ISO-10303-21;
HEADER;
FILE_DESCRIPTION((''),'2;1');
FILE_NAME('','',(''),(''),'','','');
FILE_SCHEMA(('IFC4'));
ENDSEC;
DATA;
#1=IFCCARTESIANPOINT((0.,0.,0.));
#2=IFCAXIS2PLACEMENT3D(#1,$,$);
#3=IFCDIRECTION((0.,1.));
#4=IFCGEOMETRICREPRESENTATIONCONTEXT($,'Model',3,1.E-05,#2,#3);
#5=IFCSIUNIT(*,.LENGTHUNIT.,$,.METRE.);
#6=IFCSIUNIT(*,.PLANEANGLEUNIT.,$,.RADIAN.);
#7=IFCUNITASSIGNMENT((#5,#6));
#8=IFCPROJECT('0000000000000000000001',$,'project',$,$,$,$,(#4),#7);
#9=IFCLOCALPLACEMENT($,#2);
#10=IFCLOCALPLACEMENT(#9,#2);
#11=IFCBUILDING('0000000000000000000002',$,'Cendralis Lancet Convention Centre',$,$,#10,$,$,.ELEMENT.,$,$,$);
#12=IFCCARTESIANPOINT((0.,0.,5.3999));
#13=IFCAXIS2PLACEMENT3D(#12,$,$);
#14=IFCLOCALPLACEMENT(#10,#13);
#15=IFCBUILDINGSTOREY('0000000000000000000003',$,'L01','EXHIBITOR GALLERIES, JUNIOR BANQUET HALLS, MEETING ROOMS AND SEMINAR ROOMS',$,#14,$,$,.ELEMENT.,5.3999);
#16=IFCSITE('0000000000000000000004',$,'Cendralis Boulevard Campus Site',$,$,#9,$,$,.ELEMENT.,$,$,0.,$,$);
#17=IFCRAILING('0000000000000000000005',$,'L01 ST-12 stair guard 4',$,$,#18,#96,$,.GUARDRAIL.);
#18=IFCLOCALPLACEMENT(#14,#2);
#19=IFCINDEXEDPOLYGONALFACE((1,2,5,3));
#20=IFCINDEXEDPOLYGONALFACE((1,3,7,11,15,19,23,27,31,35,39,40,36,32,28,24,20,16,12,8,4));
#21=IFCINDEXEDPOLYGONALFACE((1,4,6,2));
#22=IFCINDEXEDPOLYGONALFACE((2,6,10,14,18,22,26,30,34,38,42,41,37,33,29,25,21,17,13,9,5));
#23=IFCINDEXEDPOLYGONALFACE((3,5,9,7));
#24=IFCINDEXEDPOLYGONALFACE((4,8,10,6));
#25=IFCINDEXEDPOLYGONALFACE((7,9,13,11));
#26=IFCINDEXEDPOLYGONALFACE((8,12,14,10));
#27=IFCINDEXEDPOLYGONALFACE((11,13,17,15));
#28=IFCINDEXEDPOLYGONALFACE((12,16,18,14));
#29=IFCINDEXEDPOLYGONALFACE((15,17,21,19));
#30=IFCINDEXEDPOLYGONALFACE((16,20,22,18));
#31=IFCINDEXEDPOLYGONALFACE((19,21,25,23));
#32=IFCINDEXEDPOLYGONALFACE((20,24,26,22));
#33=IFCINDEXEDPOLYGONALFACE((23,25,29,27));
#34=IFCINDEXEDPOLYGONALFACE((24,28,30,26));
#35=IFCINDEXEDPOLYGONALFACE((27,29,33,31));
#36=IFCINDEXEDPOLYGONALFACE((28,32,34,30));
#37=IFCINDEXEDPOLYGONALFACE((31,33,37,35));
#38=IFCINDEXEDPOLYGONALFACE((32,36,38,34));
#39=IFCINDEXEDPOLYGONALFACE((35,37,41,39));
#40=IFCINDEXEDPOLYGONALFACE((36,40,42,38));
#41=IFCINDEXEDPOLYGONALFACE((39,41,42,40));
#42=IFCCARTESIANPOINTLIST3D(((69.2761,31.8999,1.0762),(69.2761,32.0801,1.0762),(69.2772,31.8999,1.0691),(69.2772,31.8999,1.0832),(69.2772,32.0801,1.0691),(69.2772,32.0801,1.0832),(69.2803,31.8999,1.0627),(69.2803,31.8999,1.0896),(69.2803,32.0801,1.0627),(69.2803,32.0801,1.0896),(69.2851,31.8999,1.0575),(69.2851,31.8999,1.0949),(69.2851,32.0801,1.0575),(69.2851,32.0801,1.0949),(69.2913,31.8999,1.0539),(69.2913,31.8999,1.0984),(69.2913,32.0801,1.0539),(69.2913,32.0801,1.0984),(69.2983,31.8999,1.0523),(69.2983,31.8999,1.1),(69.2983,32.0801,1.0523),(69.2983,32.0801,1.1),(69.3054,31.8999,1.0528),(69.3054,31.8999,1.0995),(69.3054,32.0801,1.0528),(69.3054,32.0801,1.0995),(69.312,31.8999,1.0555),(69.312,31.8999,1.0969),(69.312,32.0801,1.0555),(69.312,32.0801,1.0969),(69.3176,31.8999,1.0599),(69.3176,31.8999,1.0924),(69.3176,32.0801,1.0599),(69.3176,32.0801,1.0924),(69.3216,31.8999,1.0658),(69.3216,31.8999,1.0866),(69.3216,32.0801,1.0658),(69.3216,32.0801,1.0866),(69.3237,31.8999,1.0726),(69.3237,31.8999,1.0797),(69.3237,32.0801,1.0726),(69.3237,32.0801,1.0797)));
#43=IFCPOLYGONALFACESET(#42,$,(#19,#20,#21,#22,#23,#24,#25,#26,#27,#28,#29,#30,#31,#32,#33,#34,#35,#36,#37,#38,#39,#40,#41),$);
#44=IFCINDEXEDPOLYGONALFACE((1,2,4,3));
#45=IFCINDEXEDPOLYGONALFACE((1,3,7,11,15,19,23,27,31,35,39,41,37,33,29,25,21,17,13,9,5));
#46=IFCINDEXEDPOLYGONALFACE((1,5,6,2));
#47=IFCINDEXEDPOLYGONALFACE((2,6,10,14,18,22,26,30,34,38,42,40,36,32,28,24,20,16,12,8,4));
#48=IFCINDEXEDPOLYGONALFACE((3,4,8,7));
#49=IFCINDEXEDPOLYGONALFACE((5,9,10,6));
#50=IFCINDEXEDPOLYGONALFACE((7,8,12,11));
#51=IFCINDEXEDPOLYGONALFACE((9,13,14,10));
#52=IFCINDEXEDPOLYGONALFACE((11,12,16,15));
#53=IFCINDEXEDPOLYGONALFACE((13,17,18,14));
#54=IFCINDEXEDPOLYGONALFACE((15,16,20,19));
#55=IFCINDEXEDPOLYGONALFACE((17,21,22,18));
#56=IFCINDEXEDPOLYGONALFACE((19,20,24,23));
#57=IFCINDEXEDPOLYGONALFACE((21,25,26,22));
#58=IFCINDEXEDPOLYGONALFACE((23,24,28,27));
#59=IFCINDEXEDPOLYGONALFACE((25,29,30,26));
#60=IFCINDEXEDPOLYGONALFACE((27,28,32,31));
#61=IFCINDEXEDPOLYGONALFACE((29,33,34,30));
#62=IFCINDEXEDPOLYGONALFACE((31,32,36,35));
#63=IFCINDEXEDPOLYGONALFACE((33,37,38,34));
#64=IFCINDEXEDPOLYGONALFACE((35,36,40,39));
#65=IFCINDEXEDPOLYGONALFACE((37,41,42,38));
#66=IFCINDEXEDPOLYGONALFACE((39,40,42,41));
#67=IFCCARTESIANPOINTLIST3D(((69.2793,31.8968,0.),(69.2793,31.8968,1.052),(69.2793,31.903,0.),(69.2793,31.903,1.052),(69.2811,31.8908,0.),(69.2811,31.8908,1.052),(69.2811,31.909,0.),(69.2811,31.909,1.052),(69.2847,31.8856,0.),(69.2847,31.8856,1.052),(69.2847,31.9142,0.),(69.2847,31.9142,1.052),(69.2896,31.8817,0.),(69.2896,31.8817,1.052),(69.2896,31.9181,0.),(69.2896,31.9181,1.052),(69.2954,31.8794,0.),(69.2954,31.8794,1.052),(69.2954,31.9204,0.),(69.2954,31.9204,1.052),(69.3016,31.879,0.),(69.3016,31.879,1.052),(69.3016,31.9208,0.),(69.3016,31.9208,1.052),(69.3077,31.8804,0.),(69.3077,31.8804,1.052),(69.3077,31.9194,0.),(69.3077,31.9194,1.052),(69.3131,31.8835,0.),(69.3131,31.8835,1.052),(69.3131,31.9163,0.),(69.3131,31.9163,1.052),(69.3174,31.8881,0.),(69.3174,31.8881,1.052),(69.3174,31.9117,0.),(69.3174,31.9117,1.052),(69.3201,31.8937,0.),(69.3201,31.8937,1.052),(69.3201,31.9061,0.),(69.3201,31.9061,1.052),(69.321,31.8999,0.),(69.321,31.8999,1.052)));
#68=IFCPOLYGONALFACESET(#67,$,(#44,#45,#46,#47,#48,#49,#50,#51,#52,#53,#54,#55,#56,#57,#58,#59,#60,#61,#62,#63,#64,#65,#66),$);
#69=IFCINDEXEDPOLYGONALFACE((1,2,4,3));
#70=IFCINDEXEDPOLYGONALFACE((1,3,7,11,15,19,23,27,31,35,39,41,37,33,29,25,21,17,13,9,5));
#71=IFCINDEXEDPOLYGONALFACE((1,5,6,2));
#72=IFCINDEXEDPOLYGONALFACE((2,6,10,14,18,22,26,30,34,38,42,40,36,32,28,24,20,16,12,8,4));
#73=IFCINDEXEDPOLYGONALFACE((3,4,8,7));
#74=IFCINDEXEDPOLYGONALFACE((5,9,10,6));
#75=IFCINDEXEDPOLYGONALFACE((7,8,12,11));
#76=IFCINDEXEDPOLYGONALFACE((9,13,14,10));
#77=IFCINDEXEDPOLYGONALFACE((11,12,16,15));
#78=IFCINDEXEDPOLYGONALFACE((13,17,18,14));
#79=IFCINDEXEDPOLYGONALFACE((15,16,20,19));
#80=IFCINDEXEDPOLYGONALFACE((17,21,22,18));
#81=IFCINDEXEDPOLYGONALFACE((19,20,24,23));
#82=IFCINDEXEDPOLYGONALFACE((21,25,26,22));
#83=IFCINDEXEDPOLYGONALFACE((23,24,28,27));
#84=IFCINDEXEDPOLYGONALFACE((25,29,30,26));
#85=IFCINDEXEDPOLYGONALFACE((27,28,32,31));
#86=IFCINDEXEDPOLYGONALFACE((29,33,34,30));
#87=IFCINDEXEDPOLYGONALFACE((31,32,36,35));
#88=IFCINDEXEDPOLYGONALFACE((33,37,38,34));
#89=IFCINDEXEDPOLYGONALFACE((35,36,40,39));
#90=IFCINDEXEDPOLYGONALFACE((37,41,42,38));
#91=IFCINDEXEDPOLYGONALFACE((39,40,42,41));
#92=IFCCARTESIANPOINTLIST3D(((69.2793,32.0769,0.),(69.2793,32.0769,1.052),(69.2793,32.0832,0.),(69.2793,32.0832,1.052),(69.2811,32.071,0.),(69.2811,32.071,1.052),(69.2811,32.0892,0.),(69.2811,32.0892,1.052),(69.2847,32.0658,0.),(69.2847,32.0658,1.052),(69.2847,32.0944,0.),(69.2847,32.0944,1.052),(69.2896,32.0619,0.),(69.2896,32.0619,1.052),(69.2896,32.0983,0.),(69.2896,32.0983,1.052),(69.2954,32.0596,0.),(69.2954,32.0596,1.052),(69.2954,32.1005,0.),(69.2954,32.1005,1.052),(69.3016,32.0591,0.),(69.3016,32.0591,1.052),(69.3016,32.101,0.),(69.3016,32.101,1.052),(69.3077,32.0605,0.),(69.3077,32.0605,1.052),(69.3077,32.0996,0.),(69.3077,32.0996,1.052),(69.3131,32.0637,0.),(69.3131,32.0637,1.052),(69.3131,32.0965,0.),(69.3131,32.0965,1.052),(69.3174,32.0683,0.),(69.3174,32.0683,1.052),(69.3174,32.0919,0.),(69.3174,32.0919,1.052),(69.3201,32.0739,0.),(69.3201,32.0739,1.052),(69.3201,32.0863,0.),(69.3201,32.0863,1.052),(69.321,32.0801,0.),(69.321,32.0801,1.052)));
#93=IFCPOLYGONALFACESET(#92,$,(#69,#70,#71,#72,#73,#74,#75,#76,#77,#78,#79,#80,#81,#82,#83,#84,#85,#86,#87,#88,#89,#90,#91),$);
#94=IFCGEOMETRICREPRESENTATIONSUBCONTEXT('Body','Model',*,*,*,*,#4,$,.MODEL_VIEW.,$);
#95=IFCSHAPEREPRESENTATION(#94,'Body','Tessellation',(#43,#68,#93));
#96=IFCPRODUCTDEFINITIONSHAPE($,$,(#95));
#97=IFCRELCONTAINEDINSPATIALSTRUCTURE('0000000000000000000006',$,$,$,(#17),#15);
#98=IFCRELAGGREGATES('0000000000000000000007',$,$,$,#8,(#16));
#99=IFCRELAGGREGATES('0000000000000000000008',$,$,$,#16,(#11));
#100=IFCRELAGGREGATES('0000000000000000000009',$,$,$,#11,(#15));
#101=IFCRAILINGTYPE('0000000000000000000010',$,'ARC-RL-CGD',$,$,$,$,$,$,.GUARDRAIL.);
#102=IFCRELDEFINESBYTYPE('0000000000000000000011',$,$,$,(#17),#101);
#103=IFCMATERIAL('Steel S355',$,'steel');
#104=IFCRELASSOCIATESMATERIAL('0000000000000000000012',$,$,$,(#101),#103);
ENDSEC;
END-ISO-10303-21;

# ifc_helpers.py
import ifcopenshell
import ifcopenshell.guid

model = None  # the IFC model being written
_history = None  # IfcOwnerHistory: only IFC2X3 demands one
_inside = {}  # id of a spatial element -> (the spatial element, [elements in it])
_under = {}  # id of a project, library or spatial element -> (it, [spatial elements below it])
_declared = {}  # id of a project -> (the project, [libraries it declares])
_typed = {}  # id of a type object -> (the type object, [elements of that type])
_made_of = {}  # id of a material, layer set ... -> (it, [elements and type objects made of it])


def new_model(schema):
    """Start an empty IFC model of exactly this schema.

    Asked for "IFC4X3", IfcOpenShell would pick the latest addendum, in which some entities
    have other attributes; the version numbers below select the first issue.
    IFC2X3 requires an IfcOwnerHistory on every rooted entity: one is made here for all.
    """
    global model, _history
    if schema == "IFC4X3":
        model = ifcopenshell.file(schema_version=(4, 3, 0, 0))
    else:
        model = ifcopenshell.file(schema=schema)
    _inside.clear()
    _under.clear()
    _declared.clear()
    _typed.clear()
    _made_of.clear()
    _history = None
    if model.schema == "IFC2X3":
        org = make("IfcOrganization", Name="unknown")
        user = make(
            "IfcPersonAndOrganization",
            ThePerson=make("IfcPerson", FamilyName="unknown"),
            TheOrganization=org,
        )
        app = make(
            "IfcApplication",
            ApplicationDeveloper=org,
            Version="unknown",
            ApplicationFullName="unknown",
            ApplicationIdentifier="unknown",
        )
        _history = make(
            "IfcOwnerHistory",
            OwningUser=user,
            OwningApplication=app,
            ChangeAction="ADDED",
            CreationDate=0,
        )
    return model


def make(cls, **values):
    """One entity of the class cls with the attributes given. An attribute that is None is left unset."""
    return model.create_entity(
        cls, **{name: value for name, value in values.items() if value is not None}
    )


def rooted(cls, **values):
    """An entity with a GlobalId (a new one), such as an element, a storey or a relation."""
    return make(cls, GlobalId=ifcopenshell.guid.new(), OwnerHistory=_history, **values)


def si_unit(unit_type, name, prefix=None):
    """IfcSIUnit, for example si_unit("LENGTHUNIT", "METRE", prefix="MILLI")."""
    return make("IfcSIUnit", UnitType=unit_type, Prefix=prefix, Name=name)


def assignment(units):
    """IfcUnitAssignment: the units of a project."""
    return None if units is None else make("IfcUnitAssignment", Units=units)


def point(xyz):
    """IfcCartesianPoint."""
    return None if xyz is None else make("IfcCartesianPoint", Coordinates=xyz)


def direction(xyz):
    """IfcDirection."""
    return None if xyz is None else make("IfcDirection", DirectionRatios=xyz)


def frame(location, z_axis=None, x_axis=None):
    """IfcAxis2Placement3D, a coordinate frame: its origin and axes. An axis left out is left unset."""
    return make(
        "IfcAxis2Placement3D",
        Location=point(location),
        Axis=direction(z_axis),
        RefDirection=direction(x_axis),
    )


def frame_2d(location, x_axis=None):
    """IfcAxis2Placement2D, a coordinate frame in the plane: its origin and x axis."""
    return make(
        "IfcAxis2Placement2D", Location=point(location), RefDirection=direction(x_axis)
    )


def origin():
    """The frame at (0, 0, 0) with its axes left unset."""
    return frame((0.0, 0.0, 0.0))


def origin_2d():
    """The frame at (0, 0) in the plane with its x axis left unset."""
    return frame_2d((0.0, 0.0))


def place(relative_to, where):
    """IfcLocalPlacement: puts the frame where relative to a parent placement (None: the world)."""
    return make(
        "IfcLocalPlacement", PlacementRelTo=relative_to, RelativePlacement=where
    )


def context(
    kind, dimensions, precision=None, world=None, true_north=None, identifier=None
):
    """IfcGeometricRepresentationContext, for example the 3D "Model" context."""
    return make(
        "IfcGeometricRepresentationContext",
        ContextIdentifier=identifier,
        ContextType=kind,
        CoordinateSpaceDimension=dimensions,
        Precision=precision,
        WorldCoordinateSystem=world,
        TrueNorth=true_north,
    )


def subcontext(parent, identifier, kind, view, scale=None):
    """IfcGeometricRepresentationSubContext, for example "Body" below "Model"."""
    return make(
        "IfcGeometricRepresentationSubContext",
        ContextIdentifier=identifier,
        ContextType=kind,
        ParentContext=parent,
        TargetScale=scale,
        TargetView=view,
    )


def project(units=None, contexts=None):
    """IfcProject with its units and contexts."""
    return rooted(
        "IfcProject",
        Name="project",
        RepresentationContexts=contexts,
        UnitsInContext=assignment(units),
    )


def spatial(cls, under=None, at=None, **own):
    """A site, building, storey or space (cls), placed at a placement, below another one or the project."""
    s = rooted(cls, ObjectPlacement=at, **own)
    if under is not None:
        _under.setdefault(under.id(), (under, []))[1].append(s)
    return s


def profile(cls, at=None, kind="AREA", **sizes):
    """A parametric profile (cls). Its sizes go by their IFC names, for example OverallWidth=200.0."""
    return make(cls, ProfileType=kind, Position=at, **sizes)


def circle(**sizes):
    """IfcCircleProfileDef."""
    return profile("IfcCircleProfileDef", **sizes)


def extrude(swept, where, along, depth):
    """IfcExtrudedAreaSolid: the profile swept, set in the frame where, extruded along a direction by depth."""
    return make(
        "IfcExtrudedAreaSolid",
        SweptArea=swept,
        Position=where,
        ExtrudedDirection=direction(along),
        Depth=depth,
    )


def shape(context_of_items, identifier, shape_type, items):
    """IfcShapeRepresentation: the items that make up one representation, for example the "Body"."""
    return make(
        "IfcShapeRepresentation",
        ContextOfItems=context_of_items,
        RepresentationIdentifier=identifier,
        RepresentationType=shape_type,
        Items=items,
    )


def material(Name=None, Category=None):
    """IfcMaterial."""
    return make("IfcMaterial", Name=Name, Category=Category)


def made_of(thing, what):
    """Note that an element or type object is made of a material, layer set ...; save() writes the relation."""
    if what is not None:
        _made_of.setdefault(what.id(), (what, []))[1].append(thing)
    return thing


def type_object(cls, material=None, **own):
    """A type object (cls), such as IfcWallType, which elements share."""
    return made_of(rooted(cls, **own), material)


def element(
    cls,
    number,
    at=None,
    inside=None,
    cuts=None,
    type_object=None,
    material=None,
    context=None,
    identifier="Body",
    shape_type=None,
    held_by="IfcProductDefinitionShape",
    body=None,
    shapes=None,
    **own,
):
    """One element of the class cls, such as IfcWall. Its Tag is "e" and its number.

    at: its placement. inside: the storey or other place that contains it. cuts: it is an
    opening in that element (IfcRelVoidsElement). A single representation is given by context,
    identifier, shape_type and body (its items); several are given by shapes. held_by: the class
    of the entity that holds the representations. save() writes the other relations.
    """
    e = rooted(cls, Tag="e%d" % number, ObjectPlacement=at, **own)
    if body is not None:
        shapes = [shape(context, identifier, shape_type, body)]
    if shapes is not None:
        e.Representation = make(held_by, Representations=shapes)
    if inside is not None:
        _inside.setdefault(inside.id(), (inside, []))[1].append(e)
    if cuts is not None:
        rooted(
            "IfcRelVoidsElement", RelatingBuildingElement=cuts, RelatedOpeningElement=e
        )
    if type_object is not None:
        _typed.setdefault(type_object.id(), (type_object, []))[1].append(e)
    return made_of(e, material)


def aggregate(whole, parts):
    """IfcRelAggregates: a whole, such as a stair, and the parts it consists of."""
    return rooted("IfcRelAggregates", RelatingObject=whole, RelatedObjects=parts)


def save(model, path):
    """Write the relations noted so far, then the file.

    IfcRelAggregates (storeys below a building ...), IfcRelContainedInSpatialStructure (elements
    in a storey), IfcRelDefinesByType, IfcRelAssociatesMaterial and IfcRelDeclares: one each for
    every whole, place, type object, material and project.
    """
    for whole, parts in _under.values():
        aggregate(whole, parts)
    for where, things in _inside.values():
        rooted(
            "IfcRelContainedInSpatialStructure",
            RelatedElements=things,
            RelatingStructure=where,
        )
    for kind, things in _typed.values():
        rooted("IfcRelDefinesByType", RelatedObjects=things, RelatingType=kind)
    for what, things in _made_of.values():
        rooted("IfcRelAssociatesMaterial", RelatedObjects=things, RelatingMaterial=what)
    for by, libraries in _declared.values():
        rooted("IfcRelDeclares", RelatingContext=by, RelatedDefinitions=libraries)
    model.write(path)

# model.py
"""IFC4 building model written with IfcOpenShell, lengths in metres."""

from ifc_helpers import new_model, si_unit, direction, frame, origin, origin_2d, place, context, subcontext, project, spatial, circle, extrude, material, type_object, element, save


model = new_model("IFC4")

# Units and contexts
model_context = context("Model", 3, precision=1e-05, world=origin(), true_north=direction((0.0, 1.0)))
body_context = subcontext(model_context, "Body", "Model", "MODEL_VIEW")
ifc_project = project(units=[si_unit("LENGTHUNIT", "METRE"), si_unit("PLANEANGLEUNIT", "RADIAN")], contexts=[model_context])

# Site, building, storey
site_placement = place(None, origin())
site = spatial("IfcSite", under=ifc_project, at=site_placement, Name="Cendralis Boulevard Campus Site", CompositionType="ELEMENT", RefElevation=0.0)
building_placement = place(site_placement, origin())
building = spatial("IfcBuilding", under=site, at=building_placement, Name="Cendralis Lancet Convention Centre", CompositionType="ELEMENT")
storey_placement = place(building_placement, frame((0.0, 0.0, 5.3999)))
storey = spatial("IfcBuildingStorey", under=building, at=storey_placement, Name="L01", Description="EXHIBITOR GALLERIES, JUNIOR BANQUET HALLS, MEETING ROOMS AND SEMINAR ROOMS", CompositionType="ELEMENT", Elevation=5.3999)

# Shared definitions
ifc_material_1 = material(Name="Steel S355", Category="steel")

# Railing
railing_type_1 = type_object("IfcRailingType", Name="ARC-RL-CGD", PredefinedType="GUARDRAIL", material=ifc_material_1)
railing_1_placement = place(storey_placement, frame((69.3, 31.8999, 0.0)))
element("IfcRailing", 1, at=railing_1_placement, inside=storey, type_object=railing_type_1, Name="L01 ST-12 stair guard 4", PredefinedType="GUARDRAIL", context=body_context, shape_type="SweptSolid", body=[
    extrude(circle(Radius=0.0239, at=origin_2d()), frame((0.0, 0.0, 1.0762), z_axis=(0.0, 1.0, 0.0), x_axis=(-1.0, 0.0, 0.0)), (0.0, 0.0, 1.0), 0.1802),
    extrude(circle(Radius=0.021, at=origin_2d()), origin(), (0.0, 0.0, 1.0), 1.052),
    extrude(circle(Radius=0.021, at=origin_2d()), frame((0.0, 0.1802, 0.0)), (0.0, 0.0, 1.0), 1.052),
])

save(model, "model.ifc")
